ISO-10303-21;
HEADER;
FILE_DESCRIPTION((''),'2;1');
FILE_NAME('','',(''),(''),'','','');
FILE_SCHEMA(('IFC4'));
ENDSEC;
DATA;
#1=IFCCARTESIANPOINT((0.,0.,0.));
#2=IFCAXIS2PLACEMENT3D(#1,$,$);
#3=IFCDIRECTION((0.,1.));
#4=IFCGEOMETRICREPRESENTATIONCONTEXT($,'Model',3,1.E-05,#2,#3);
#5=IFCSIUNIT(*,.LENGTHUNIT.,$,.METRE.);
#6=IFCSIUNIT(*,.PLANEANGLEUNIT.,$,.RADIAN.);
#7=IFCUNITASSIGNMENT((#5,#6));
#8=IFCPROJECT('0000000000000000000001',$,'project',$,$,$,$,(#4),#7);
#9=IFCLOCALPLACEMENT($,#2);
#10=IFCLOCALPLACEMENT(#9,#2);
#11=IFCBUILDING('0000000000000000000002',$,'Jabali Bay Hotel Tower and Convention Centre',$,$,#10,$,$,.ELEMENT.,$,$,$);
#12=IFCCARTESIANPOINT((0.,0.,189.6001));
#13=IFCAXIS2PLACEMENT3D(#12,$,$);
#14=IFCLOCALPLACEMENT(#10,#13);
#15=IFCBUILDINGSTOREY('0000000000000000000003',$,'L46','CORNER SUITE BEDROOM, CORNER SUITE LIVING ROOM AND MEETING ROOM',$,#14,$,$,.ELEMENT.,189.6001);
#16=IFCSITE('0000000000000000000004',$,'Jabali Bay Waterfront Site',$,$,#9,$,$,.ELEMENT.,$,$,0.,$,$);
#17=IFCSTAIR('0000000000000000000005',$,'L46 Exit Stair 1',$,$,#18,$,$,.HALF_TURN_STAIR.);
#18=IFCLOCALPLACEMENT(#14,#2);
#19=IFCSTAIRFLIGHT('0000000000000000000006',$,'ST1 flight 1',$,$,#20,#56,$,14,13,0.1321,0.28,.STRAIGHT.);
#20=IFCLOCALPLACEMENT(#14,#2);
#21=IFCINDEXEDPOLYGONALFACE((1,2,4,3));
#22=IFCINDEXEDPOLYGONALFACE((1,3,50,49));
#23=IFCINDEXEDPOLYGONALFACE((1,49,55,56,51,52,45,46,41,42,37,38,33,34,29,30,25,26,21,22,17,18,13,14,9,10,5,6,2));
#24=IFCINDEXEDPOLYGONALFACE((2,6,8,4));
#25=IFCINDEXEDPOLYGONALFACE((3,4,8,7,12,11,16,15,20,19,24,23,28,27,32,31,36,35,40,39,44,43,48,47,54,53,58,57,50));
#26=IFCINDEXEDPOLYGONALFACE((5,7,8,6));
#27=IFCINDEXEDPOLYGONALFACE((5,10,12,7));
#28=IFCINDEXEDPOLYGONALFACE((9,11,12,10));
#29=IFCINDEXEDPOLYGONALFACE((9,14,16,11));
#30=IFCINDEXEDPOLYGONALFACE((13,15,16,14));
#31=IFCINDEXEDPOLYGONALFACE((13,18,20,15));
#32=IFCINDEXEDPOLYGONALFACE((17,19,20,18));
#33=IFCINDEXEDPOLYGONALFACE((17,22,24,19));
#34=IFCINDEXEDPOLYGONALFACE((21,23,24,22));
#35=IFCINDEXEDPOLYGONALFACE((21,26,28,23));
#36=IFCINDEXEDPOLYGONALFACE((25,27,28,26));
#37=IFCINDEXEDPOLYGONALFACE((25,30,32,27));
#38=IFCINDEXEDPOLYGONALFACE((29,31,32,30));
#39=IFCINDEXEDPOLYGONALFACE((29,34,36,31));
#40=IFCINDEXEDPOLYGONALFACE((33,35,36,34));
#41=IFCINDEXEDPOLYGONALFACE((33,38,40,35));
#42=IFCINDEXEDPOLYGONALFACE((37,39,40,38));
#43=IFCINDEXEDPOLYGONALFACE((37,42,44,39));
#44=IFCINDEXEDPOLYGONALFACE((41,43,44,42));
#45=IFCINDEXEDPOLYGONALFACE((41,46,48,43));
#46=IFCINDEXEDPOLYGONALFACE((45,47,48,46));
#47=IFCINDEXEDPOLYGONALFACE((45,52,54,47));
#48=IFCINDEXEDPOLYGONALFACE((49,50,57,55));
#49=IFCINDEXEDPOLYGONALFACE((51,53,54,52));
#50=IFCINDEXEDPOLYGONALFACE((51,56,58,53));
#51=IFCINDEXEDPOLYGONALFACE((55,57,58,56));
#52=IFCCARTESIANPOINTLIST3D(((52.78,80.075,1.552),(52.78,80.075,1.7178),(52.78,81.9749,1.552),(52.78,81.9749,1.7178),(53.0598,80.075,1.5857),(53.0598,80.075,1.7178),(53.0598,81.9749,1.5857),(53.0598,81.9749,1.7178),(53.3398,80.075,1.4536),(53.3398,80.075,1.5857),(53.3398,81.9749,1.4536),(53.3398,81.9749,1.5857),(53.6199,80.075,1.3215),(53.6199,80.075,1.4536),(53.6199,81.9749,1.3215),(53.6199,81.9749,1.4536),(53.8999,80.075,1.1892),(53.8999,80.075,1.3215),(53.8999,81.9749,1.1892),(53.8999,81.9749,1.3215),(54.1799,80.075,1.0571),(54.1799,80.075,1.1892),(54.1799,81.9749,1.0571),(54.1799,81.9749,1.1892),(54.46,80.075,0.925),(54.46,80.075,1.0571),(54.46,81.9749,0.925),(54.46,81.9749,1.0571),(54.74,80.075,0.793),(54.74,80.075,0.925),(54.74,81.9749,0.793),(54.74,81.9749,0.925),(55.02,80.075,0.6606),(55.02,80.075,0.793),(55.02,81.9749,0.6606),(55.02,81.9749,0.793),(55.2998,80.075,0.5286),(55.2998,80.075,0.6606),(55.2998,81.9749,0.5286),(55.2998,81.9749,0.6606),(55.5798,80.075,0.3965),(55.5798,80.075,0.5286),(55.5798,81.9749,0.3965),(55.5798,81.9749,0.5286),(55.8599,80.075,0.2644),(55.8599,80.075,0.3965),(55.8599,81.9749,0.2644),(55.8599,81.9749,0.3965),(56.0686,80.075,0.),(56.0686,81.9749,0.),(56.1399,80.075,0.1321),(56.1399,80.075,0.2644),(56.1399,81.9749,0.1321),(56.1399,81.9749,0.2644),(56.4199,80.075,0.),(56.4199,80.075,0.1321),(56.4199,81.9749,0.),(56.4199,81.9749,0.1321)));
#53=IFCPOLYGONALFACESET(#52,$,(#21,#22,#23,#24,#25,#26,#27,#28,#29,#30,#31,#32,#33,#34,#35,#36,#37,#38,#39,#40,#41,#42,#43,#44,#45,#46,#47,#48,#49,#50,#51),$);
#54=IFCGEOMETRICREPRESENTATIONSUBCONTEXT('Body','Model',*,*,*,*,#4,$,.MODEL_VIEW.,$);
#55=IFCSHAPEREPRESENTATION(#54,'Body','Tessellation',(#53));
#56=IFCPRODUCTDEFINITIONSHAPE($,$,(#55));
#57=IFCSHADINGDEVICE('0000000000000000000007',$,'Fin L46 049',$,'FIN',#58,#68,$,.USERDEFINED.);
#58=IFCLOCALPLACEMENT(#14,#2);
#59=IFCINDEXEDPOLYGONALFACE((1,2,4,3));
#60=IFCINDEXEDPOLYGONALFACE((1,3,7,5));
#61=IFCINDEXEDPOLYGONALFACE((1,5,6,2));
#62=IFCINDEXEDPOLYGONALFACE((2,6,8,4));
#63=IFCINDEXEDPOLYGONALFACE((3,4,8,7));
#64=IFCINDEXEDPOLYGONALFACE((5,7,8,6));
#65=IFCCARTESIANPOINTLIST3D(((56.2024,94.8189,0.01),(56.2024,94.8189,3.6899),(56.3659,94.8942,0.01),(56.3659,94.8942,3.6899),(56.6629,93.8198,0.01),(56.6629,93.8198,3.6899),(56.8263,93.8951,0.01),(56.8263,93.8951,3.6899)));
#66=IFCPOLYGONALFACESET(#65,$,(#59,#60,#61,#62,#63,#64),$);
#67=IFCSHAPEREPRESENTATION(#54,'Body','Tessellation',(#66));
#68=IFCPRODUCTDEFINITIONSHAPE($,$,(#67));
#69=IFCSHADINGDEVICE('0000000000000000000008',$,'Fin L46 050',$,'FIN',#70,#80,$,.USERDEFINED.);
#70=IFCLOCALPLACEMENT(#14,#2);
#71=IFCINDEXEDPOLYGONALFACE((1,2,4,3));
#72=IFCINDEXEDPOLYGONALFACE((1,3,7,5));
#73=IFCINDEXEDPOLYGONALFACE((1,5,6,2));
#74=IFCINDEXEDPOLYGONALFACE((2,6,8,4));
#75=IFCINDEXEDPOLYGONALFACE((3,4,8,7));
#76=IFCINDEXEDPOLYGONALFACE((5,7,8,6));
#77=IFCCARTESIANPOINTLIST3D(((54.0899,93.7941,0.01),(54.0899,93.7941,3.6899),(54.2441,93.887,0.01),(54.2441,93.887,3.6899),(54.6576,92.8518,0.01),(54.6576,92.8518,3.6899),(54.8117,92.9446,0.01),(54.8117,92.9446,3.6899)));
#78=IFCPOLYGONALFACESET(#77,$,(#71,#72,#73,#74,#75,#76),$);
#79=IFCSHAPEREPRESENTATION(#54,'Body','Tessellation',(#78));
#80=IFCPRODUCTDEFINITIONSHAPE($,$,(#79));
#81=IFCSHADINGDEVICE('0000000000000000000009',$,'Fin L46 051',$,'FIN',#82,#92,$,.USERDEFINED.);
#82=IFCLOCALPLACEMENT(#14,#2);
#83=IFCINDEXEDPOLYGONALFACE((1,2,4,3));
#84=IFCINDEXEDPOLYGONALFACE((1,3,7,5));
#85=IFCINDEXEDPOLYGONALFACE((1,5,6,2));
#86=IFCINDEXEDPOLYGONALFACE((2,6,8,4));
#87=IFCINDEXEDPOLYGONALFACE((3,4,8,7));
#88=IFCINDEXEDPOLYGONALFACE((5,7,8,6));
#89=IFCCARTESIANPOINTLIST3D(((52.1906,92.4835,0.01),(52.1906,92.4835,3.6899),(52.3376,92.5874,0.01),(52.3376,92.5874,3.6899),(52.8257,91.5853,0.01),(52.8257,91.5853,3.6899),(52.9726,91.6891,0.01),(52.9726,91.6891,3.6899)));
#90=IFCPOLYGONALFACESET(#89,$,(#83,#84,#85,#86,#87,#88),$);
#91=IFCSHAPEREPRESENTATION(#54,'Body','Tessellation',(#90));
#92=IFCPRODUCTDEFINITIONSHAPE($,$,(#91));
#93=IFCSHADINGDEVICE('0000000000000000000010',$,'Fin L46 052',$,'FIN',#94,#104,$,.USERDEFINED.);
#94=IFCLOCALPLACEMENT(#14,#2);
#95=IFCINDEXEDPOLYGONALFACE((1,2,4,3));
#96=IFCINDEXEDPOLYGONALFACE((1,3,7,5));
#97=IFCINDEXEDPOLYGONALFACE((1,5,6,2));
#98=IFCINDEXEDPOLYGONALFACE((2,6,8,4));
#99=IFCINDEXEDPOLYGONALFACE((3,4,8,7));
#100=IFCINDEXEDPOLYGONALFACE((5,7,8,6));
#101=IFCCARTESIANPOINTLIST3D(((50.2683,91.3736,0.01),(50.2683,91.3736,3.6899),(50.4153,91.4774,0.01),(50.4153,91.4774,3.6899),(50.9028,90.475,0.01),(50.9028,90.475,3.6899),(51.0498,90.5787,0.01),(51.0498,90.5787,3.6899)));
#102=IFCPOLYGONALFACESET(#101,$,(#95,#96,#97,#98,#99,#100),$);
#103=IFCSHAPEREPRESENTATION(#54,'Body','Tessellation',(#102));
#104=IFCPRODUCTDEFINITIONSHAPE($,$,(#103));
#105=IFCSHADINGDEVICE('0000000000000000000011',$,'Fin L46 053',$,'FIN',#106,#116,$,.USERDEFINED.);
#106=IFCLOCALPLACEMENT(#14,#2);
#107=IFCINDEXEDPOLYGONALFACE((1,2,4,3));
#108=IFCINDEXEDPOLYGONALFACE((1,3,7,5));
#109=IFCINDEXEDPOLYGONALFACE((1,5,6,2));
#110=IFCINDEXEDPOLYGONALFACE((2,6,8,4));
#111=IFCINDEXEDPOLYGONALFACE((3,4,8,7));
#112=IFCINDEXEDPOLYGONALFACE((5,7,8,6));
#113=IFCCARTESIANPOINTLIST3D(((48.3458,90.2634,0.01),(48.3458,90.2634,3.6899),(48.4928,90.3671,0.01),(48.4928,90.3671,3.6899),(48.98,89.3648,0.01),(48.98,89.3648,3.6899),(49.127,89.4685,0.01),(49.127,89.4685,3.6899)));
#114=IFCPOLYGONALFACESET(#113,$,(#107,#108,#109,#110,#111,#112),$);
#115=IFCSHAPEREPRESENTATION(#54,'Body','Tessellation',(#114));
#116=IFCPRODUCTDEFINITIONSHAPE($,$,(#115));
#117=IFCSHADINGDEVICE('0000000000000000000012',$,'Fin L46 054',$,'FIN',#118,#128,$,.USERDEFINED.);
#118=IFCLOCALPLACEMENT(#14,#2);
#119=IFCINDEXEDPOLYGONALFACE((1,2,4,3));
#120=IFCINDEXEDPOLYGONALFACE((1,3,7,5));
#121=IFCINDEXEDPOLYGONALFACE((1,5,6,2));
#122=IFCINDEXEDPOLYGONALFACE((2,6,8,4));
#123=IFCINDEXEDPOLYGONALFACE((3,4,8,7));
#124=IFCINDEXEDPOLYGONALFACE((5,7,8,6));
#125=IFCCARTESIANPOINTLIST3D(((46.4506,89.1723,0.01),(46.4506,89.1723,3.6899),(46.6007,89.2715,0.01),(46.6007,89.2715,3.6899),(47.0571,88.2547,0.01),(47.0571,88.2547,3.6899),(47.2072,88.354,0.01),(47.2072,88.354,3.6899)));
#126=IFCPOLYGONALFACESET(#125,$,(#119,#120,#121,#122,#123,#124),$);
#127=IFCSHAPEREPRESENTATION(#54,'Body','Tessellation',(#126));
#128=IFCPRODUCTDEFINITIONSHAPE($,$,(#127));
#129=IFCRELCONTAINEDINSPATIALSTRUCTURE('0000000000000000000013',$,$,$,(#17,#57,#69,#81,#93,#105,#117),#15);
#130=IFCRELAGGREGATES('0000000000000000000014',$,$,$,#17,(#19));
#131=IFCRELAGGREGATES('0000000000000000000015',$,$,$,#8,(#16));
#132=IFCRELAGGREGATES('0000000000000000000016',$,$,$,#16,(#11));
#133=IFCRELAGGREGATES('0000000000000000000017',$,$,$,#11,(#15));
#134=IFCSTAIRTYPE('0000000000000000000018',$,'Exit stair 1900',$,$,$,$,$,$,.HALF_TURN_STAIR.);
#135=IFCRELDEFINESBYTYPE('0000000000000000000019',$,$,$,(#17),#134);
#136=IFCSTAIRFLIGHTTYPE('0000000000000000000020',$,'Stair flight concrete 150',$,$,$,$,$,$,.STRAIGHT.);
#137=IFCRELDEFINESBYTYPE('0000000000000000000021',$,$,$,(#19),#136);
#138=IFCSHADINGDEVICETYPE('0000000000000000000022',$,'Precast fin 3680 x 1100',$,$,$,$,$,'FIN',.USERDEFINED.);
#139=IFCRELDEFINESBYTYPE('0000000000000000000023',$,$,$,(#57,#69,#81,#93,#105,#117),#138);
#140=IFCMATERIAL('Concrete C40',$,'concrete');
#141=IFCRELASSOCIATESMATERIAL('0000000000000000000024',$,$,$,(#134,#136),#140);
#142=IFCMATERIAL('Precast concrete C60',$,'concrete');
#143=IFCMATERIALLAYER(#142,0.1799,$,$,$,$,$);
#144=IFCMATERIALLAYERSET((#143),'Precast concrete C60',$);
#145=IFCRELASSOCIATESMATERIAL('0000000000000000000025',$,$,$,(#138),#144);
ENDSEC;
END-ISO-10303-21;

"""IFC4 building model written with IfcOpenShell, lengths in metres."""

from ifc_helpers import new_model, si_unit, direction, frame, frame_2d, origin, place, context, subcontext, project, spatial, polyline, rectangle, outline, extrude, material, layer, layer_set, type_object, element, aggregate, save


model = new_model("IFC4")

# Units and contexts
model_context = context("Model", 3, precision=1e-05, world=origin(), true_north=direction((0.0, 1.0)))
body_context = subcontext(model_context, "Body", "Model", "MODEL_VIEW")
ifc_project = project(units=[si_unit("LENGTHUNIT", "METRE"), si_unit("PLANEANGLEUNIT", "RADIAN")], contexts=[model_context])

# Site, building, storey
site_placement = place(None, origin())
site = spatial("IfcSite", under=ifc_project, at=site_placement, Name="Jabali Bay Waterfront Site", CompositionType="ELEMENT", RefElevation=0.0)
building_placement = place(site_placement, origin())
building = spatial("IfcBuilding", under=site, at=building_placement, Name="Jabali Bay Hotel Tower and Convention Centre", CompositionType="ELEMENT")
storey_placement = place(building_placement, frame((0.0, 0.0, 189.6001)))
storey = spatial("IfcBuildingStorey", under=building, at=storey_placement, Name="L46", Description="CORNER SUITE BEDROOM, CORNER SUITE LIVING ROOM AND MEETING ROOM", CompositionType="ELEMENT", Elevation=189.6001)

# Shared definitions
ifc_material_1 = material(Name="Concrete C40", Category="concrete")

# Stair, stair flight
stair_type = type_object("IfcStairType", Name="Exit stair 1900", PredefinedType="HALF_TURN_STAIR", material=ifc_material_1)
stair_placement = place(storey_placement, origin())
stair = element("IfcStair", 1, at=stair_placement, inside=storey, type_object=stair_type, Name="L46 Exit Stair 1", PredefinedType="HALF_TURN_STAIR")
stair_flight_type = type_object("IfcStairFlightType", Name="Stair flight concrete 150", PredefinedType="STRAIGHT", material=ifc_material_1)
stair_flight_placement = place(storey_placement, frame((56.4199, 81.0249, 0.0), z_axis=(0.0, 0.0, 1.0), x_axis=(-1.0, 0.0, 0.0)))
stair_flight = element("IfcStairFlight", 2, at=stair_flight_placement, type_object=stair_flight_type, Name="ST1 flight 1", NumberOfRisers=14, NumberOfTreads=13, PredefinedType="STRAIGHT", RiserHeight=0.1321, TreadLength=0.28, context=body_context, shape_type="SweptSolid", body=[
    extrude(outline(polyline([(0.0, 0.0), (0.0, 0.1321), (0.28, 0.1321), (0.28, 0.2644), (0.5601, 0.2644), (0.5601, 0.3965), (0.8401, 0.3965), (0.8401, 0.5286), (1.1201, 0.5286), (1.1201, 0.6606), (1.3999, 0.6606), (1.3999, 0.793), (1.6799, 0.793), (1.6799, 0.925), (1.96, 0.925), (1.96, 1.0571), (2.24, 1.0571), (2.24, 1.1892), (2.52, 1.1892), (2.52, 1.3215), (2.8, 1.3215), (2.8, 1.4536), (3.0801, 1.4536), (3.0801, 1.5857), (3.3601, 1.5857), (3.3601, 1.7178), (3.6399, 1.7178), (3.6399, 1.8501), (3.6399, 1.552), (0.3513, 0.0), (0.0, 0.0)])), frame((0.0, 0.95, 0.0), z_axis=(0.0, -1.0, 0.0), x_axis=(1.0, 0.0, 0.0)), (0.0, 0.0, 1.0), 1.8999),
])
aggregate(stair, [stair_flight])

# Shading devices
ifc_material_2 = material(Name="Precast concrete C60", Category="concrete")
ifc_layer_1 = layer(ifc_material_2, 0.1799)
ifc_layer_set_1 = layer_set([ifc_layer_1], Name="Precast concrete C60")
shading_device_type = type_object("IfcShadingDeviceType", Name="Precast fin 3680 x 1100", ElementType="FIN", PredefinedType="USERDEFINED", material=ifc_layer_set_1)
for number, where, z_axis, x_axis, name in (
    (3, (56.7446, 93.8574, 0.01), (0.0, 0.0, 1.0), (-0.41858, 0.90818, 0.0), "Fin L46 049"),
    (4, (54.7346, 92.8982, 0.01), (0.0, 0.0, 1.0), (-0.515964, 0.856611, 0.0), "Fin L46 050"),
    (5, (52.8992, 91.6372, 0.01), (0.0, 0.0, 1.0), (-0.577284, 0.816543, 0.0), "Fin L46 051"),
    (6, (50.9763, 90.5269, 0.01), (0.0, 0.0, 1.0), (-0.576779, 0.8169, 0.0), "Fin L46 052"),
):
    element("IfcShadingDevice", number, at=place(storey_placement, frame(where, z_axis=z_axis, x_axis=x_axis)), inside=storey, type_object=shading_device_type, Name=name, ObjectType="FIN", PredefinedType="USERDEFINED", context=body_context, shape_type="SweptSolid", body=[
        extrude(rectangle(XDim=1.1001, YDim=0.1799, at=frame_2d((0.55, 0.0))), origin(), (0.0, 0.0, 1.0), 3.6799),
    ])
for number, where, z_axis, x_axis, name in (
    (7, (49.0535, 89.4167, 0.01), (0.0, 0.0, 1.0), (-0.576631, 0.817005, 0.0), "Fin L46 053"),
    (8, (47.1321, 88.3044, 0.01), (0.0, 0.0, 1.0), (-0.551417, 0.83423, 0.0), "Fin L46 054"),
):
    element("IfcShadingDevice", number, at=place(storey_placement, frame(where, z_axis=z_axis, x_axis=x_axis)), inside=storey, type_object=shading_device_type, Name=name, ObjectType="FIN", PredefinedType="USERDEFINED", context=body_context, shape_type="SweptSolid", body=[
        extrude(rectangle(XDim=1.0999, YDim=0.1799, at=frame_2d((0.5498, 0.0))), origin(), (0.0, 0.0, 1.0), 3.6799),
    ])

save(model, "model.ifc")
